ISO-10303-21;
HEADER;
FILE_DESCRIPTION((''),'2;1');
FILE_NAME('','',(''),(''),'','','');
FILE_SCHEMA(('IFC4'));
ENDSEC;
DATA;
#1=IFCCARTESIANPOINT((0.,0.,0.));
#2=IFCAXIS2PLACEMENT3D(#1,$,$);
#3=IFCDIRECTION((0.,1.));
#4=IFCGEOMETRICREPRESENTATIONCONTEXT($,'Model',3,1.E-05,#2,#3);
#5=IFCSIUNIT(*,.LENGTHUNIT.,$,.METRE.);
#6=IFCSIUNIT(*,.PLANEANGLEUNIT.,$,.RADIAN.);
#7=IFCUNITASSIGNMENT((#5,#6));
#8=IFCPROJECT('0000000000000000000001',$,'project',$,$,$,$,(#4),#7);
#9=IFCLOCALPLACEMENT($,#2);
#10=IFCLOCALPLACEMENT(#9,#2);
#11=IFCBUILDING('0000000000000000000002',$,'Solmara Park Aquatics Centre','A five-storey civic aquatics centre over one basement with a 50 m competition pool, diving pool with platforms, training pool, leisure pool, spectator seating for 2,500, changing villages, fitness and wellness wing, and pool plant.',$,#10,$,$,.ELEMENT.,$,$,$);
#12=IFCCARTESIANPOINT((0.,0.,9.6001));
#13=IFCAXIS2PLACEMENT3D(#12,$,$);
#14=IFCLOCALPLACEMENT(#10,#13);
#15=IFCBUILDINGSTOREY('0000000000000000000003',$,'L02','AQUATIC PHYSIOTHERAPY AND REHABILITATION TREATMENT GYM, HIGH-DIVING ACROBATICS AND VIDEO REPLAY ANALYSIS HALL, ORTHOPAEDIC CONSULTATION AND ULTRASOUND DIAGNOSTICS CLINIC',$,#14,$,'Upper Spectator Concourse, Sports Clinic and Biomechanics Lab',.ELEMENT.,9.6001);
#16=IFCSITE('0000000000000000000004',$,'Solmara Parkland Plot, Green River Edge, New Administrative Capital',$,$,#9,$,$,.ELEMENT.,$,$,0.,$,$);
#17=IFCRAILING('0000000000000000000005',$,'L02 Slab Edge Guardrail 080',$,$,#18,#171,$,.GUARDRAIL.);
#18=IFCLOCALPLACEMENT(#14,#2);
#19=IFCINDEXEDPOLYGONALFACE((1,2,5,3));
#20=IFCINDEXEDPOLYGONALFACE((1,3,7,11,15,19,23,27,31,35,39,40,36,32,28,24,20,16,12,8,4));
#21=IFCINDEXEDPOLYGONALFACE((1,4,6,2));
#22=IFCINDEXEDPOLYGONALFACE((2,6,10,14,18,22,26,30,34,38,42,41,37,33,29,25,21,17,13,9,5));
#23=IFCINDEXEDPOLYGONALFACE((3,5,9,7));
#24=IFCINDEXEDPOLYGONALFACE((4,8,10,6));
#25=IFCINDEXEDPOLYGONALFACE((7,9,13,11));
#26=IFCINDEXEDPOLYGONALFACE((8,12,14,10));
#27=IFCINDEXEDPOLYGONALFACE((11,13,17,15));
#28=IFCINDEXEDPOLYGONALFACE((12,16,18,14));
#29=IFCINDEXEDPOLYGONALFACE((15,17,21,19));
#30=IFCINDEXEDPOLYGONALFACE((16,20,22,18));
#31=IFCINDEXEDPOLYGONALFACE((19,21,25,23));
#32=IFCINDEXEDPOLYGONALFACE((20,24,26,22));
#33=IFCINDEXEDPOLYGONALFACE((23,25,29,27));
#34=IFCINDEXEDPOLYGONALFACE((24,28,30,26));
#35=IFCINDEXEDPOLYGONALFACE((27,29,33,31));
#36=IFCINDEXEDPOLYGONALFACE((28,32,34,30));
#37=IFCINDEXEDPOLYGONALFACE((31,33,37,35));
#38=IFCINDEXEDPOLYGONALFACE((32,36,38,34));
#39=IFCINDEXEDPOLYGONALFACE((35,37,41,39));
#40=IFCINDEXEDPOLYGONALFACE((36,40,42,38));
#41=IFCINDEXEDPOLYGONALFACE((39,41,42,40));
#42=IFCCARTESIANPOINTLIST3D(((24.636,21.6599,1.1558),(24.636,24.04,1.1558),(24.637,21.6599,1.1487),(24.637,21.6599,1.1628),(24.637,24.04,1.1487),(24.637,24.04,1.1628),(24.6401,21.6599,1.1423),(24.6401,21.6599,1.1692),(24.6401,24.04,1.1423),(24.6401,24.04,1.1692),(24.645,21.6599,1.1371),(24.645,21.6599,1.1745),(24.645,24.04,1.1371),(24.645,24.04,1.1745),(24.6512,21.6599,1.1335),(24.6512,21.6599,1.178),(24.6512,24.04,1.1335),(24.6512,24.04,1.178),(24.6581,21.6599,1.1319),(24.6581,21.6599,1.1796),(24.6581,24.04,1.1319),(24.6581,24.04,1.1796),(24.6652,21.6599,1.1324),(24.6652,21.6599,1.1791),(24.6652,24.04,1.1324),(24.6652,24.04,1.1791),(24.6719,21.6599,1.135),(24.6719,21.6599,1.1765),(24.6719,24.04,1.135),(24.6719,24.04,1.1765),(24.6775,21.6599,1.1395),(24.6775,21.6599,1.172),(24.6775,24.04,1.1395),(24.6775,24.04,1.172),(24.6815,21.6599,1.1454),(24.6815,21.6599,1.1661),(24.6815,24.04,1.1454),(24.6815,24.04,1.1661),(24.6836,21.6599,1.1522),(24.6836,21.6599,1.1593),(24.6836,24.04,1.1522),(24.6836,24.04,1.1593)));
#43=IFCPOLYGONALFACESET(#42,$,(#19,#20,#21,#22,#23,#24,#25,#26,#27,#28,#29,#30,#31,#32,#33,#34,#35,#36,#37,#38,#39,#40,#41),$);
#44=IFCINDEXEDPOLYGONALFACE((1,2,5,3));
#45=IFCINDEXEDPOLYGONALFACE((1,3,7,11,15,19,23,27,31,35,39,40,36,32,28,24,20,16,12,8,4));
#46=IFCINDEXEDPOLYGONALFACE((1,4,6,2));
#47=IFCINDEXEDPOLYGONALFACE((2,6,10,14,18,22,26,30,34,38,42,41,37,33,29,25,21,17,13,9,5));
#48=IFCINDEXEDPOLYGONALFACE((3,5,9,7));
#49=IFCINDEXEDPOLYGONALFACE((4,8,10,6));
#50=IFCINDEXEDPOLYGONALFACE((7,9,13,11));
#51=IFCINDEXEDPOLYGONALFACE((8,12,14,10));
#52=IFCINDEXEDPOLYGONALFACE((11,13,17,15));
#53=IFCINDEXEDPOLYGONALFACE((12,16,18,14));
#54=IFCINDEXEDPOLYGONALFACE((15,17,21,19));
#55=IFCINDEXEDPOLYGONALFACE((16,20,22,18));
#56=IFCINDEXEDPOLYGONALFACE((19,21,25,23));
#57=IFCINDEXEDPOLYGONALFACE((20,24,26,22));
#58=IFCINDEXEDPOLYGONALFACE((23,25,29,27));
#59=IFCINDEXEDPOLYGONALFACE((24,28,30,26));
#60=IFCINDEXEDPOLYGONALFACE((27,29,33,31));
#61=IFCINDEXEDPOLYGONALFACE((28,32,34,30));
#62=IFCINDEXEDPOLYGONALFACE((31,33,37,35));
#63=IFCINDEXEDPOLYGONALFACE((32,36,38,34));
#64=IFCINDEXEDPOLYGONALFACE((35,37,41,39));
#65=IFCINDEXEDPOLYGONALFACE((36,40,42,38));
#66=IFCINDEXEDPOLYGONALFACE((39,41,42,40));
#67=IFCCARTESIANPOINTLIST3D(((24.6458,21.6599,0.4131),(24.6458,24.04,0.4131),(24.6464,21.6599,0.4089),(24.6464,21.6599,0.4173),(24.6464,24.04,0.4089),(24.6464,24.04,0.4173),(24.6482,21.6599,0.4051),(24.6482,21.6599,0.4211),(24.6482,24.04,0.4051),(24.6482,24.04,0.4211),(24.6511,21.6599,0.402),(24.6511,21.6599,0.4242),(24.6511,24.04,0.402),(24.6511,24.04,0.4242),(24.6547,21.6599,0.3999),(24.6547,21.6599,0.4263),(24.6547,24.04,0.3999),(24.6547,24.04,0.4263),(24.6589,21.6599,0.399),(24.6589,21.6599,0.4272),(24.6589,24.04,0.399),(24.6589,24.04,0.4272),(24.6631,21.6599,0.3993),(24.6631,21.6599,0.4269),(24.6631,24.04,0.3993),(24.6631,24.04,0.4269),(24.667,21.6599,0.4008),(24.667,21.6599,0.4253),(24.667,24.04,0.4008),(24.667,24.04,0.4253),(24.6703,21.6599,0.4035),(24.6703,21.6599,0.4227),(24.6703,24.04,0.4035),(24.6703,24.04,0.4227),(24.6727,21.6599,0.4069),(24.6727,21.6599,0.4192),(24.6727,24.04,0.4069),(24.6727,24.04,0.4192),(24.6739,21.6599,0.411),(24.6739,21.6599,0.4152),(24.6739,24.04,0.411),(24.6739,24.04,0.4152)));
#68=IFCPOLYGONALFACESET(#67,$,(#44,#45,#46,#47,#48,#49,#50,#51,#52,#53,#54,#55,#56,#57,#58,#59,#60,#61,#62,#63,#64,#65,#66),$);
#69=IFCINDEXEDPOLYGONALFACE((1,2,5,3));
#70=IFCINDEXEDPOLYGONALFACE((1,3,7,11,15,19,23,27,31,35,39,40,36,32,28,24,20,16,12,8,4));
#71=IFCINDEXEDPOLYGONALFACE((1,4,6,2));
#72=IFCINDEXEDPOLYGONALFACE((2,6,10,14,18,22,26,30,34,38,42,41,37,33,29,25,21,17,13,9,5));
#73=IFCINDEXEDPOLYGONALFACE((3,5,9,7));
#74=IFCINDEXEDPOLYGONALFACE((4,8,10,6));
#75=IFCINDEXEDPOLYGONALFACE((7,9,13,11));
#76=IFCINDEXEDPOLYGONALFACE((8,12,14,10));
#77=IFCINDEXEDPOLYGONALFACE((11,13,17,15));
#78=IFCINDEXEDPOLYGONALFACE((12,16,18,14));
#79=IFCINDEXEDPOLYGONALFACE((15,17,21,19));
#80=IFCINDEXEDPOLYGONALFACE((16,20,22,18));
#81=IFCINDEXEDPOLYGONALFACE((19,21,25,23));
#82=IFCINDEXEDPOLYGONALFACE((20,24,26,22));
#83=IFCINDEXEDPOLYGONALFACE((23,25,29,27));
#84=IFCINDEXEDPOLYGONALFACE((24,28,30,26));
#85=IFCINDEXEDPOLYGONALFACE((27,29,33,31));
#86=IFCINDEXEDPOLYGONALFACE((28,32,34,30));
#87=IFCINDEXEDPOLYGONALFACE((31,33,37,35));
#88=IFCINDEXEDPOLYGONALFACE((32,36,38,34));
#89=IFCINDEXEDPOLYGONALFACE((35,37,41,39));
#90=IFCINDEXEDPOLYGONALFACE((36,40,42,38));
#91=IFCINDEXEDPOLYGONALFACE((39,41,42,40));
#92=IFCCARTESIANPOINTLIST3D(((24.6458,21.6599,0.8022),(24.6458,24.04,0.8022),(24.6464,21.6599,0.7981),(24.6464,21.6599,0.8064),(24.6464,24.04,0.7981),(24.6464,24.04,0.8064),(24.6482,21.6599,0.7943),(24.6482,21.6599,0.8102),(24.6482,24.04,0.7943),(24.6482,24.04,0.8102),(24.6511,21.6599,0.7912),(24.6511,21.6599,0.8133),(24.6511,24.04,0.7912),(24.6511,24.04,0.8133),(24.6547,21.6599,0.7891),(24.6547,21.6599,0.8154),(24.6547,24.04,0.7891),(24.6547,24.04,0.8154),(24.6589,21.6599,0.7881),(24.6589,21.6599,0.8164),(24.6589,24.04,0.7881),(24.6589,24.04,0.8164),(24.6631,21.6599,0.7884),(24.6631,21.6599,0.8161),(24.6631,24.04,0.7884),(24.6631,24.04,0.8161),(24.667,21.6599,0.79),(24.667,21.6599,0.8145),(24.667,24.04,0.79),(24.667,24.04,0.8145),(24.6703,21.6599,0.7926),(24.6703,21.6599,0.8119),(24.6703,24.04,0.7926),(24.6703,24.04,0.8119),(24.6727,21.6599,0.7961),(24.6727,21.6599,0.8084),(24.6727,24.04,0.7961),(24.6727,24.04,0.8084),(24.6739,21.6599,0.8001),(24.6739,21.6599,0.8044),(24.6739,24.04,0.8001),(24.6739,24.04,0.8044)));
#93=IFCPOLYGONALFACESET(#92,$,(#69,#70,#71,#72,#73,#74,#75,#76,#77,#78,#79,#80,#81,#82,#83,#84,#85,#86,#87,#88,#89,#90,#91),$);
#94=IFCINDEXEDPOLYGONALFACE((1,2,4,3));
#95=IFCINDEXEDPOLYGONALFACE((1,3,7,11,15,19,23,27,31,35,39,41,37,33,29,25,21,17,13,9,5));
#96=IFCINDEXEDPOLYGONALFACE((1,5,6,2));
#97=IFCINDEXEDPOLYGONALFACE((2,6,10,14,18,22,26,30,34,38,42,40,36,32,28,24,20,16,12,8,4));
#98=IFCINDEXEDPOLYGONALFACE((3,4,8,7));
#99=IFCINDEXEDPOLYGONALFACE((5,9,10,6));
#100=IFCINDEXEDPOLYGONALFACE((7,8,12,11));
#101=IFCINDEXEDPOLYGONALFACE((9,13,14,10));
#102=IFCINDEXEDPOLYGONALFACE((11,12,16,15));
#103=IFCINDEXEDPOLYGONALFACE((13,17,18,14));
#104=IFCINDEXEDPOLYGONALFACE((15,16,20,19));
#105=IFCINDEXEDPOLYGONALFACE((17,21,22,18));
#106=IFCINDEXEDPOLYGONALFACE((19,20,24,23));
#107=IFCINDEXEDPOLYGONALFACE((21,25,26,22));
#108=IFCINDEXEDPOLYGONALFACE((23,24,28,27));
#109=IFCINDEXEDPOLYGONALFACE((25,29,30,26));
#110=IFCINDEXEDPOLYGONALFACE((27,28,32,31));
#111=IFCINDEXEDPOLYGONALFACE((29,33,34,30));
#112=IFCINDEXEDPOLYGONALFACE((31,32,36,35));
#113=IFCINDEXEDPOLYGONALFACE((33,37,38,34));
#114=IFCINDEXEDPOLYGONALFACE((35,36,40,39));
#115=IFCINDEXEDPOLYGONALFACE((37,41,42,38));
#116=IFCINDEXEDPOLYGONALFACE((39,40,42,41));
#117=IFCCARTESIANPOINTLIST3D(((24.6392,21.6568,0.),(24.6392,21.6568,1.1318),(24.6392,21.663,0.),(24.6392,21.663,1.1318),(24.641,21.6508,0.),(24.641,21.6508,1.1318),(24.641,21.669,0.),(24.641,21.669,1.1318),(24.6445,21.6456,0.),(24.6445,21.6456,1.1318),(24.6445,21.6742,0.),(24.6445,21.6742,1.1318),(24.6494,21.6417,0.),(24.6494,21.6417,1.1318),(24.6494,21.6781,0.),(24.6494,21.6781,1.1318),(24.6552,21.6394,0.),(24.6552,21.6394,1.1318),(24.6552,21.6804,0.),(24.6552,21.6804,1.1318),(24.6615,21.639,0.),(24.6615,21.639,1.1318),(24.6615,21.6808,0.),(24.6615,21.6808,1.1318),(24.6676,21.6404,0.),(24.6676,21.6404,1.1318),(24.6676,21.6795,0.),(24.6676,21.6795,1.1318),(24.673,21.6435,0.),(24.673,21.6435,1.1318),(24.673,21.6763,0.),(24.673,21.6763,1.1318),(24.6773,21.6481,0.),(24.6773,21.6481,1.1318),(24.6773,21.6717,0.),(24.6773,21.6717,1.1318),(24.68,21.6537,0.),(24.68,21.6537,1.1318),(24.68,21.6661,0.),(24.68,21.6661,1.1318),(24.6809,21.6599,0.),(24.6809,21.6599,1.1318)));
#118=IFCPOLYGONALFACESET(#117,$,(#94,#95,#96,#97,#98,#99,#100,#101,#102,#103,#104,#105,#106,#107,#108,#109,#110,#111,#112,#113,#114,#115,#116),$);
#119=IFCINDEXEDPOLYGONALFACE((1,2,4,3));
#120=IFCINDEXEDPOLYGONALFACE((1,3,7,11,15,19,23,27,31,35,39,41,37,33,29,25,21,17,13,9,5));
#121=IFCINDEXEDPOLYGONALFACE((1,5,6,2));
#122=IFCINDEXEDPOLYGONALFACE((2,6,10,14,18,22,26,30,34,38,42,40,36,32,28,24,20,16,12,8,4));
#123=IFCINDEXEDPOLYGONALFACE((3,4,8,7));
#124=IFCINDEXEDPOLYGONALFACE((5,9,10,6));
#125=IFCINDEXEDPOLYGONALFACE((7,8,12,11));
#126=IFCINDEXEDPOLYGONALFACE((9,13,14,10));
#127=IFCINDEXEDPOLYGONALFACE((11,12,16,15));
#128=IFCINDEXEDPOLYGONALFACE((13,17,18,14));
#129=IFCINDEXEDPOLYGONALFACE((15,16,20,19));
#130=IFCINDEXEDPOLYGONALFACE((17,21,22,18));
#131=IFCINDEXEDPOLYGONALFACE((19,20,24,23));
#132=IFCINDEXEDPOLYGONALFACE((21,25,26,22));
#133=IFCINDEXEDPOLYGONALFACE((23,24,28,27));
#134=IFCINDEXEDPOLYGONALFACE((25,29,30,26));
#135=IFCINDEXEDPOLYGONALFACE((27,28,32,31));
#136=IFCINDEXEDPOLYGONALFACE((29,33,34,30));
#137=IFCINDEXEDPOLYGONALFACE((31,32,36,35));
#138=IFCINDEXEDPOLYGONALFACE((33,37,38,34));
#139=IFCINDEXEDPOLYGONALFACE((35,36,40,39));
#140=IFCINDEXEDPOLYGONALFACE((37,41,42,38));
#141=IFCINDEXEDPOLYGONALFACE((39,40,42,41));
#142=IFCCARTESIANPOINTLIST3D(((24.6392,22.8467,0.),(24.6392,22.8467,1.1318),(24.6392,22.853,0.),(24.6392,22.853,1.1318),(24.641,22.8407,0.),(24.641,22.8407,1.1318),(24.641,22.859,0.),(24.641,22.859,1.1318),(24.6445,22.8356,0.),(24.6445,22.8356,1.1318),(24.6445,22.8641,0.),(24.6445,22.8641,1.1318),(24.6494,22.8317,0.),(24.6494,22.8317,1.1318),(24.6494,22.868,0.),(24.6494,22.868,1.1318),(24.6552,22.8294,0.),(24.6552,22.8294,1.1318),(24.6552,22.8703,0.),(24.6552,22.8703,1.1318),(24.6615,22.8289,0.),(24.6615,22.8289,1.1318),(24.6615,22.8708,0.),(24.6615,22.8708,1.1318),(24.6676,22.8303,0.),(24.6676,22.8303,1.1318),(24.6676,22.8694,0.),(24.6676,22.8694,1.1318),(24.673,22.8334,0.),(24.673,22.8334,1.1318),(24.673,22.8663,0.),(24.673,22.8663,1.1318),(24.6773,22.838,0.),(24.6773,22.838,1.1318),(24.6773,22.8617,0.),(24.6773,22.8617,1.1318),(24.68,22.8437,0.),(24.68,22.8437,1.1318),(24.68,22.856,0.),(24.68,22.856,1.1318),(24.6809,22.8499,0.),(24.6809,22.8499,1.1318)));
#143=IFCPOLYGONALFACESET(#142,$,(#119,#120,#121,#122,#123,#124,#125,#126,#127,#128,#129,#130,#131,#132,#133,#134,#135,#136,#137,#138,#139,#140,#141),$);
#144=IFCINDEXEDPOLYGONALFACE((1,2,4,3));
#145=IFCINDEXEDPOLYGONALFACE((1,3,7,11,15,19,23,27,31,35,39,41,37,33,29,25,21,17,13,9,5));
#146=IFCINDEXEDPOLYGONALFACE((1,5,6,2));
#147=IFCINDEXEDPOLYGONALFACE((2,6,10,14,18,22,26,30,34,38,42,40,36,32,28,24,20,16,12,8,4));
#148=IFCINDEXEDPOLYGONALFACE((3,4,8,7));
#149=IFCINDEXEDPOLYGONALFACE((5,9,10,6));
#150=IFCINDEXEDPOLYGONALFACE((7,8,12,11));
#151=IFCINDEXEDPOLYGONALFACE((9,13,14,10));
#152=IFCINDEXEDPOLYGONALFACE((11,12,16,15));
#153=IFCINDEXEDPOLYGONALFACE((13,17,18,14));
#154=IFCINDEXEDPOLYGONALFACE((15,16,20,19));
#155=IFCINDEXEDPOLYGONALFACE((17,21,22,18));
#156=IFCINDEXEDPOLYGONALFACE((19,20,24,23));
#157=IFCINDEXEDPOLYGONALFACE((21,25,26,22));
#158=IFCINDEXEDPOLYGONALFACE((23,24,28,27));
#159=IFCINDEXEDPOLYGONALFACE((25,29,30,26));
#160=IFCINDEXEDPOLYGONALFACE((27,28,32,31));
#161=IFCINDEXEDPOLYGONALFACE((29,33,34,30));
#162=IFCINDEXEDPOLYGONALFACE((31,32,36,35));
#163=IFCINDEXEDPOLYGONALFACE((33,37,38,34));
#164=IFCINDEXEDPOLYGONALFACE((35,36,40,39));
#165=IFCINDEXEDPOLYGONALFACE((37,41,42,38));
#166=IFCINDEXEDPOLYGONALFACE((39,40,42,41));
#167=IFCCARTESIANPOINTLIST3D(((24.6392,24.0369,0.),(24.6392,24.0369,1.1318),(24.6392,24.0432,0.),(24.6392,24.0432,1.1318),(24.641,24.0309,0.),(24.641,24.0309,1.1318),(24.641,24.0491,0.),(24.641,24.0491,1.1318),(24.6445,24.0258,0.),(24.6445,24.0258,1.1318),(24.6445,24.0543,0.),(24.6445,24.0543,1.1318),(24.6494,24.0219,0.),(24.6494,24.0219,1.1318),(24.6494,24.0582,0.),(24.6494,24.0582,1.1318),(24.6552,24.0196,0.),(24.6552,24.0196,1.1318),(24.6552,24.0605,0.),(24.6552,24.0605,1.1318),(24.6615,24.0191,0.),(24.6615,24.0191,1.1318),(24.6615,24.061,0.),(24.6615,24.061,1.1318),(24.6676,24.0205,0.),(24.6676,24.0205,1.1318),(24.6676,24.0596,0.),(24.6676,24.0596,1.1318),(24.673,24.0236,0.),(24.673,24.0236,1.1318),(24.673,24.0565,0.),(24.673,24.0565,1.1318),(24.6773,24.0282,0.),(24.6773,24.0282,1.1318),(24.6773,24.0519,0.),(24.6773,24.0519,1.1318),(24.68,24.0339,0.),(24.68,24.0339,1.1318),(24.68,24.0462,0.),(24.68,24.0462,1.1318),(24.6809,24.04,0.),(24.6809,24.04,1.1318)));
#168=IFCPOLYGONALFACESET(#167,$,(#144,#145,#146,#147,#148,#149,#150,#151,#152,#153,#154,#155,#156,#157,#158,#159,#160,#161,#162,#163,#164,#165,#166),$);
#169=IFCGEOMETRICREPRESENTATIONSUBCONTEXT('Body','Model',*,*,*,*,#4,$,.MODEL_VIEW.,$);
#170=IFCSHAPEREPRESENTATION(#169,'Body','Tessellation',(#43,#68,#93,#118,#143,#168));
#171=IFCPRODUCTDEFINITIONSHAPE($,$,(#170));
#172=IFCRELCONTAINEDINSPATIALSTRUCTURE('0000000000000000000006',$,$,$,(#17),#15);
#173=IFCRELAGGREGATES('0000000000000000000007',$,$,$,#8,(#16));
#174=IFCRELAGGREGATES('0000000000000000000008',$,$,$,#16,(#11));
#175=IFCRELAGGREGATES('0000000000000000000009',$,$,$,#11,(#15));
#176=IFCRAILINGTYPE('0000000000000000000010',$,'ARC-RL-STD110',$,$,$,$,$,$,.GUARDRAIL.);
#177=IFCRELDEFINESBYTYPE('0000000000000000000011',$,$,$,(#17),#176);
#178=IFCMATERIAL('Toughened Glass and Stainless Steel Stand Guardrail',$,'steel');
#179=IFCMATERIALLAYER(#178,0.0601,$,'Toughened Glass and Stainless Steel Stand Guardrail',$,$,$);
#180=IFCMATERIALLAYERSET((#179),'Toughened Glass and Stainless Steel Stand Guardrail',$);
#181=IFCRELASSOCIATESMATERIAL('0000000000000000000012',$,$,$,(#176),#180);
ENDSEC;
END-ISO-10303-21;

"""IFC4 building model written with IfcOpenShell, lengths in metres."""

from ifc_helpers import new_model, si_unit, direction, frame, origin, origin_2d, place, context, subcontext, project, spatial, circle, extrude, material, layer, layer_set, type_object, element, save


model = new_model("IFC4")

# Units and contexts
model_context = context("Model", 3, precision=1e-05, world=origin(), true_north=direction((0.0, 1.0)))
body_context = subcontext(model_context, "Body", "Model", "MODEL_VIEW")
ifc_project = project(units=[si_unit("LENGTHUNIT", "METRE"), si_unit("PLANEANGLEUNIT", "RADIAN")], contexts=[model_context])

# Site, building, storey
site_placement = place(None, origin())
site = spatial("IfcSite", under=ifc_project, at=site_placement, Name="Solmara Parkland Plot, Green River Edge, New Administrative Capital", CompositionType="ELEMENT", RefElevation=0.0)
building_placement = place(site_placement, origin())
building = spatial("IfcBuilding", under=site, at=building_placement, Name="Solmara Park Aquatics Centre", Description="A five-storey civic aquatics centre over one basement with a 50 m competition pool, diving pool with platforms, training pool, leisure pool, spectator seating for 2,500, changing villages, fitness and wellness wing, and pool plant.", CompositionType="ELEMENT")
storey_placement = place(building_placement, frame((0.0, 0.0, 9.6001)))
storey = spatial("IfcBuildingStorey", under=building, at=storey_placement, Name="L02", Description="AQUATIC PHYSIOTHERAPY AND REHABILITATION TREATMENT GYM, HIGH-DIVING ACROBATICS AND VIDEO REPLAY ANALYSIS HALL, ORTHOPAEDIC CONSULTATION AND ULTRASOUND DIAGNOSTICS CLINIC", LongName="Upper Spectator Concourse, Sports Clinic and Biomechanics Lab", CompositionType="ELEMENT", Elevation=9.6001)

# Railing
ifc_material_1 = material(Name="Toughened Glass and Stainless Steel Stand Guardrail", Category="steel")
ifc_layer_1 = layer(ifc_material_1, 0.0601, Name="Toughened Glass and Stainless Steel Stand Guardrail")
ifc_layer_set_1 = layer_set([ifc_layer_1], Name="Toughened Glass and Stainless Steel Stand Guardrail")
railing_type_1 = type_object("IfcRailingType", Name="ARC-RL-STD110", PredefinedType="GUARDRAIL", material=ifc_layer_set_1)
railing_1_placement = place(storey_placement, frame((24.6599, 21.6599, 0.0)))
element("IfcRailing", 1, at=railing_1_placement, inside=storey, type_object=railing_type_1, Name="L02 Slab Edge Guardrail 080", PredefinedType="GUARDRAIL", context=body_context, shape_type="SweptSolid", body=[
    extrude(circle(Radius=0.0239, at=origin_2d()), frame((0.0, 0.0, 1.1558), z_axis=(0.0, 1.0, 0.0), x_axis=(-1.0, 0.0, 0.0)), (0.0, 0.0, 1.0), 2.3801),
    extrude(circle(Radius=0.0142, at=origin_2d()), frame((0.0, 0.0, 0.4131), z_axis=(0.0, 1.0, 0.0), x_axis=(-1.0, 0.0, 0.0)), (0.0, 0.0, 1.0), 2.3801),
    extrude(circle(Radius=0.0142, at=origin_2d()), frame((0.0, 0.0, 0.8022), z_axis=(0.0, 1.0, 0.0), x_axis=(-1.0, 0.0, 0.0)), (0.0, 0.0, 1.0), 2.3801),
    extrude(circle(Radius=0.021, at=origin_2d()), origin(), (0.0, 0.0, 1.0), 1.1318),
    extrude(circle(Radius=0.021, at=origin_2d()), frame((0.0, 1.1899, 0.0)), (0.0, 0.0, 1.0), 1.1318),
    extrude(circle(Radius=0.021, at=origin_2d()), frame((0.0, 2.3801, 0.0)), (0.0, 0.0, 1.0), 1.1318),
])

save(model, "model.ifc")
